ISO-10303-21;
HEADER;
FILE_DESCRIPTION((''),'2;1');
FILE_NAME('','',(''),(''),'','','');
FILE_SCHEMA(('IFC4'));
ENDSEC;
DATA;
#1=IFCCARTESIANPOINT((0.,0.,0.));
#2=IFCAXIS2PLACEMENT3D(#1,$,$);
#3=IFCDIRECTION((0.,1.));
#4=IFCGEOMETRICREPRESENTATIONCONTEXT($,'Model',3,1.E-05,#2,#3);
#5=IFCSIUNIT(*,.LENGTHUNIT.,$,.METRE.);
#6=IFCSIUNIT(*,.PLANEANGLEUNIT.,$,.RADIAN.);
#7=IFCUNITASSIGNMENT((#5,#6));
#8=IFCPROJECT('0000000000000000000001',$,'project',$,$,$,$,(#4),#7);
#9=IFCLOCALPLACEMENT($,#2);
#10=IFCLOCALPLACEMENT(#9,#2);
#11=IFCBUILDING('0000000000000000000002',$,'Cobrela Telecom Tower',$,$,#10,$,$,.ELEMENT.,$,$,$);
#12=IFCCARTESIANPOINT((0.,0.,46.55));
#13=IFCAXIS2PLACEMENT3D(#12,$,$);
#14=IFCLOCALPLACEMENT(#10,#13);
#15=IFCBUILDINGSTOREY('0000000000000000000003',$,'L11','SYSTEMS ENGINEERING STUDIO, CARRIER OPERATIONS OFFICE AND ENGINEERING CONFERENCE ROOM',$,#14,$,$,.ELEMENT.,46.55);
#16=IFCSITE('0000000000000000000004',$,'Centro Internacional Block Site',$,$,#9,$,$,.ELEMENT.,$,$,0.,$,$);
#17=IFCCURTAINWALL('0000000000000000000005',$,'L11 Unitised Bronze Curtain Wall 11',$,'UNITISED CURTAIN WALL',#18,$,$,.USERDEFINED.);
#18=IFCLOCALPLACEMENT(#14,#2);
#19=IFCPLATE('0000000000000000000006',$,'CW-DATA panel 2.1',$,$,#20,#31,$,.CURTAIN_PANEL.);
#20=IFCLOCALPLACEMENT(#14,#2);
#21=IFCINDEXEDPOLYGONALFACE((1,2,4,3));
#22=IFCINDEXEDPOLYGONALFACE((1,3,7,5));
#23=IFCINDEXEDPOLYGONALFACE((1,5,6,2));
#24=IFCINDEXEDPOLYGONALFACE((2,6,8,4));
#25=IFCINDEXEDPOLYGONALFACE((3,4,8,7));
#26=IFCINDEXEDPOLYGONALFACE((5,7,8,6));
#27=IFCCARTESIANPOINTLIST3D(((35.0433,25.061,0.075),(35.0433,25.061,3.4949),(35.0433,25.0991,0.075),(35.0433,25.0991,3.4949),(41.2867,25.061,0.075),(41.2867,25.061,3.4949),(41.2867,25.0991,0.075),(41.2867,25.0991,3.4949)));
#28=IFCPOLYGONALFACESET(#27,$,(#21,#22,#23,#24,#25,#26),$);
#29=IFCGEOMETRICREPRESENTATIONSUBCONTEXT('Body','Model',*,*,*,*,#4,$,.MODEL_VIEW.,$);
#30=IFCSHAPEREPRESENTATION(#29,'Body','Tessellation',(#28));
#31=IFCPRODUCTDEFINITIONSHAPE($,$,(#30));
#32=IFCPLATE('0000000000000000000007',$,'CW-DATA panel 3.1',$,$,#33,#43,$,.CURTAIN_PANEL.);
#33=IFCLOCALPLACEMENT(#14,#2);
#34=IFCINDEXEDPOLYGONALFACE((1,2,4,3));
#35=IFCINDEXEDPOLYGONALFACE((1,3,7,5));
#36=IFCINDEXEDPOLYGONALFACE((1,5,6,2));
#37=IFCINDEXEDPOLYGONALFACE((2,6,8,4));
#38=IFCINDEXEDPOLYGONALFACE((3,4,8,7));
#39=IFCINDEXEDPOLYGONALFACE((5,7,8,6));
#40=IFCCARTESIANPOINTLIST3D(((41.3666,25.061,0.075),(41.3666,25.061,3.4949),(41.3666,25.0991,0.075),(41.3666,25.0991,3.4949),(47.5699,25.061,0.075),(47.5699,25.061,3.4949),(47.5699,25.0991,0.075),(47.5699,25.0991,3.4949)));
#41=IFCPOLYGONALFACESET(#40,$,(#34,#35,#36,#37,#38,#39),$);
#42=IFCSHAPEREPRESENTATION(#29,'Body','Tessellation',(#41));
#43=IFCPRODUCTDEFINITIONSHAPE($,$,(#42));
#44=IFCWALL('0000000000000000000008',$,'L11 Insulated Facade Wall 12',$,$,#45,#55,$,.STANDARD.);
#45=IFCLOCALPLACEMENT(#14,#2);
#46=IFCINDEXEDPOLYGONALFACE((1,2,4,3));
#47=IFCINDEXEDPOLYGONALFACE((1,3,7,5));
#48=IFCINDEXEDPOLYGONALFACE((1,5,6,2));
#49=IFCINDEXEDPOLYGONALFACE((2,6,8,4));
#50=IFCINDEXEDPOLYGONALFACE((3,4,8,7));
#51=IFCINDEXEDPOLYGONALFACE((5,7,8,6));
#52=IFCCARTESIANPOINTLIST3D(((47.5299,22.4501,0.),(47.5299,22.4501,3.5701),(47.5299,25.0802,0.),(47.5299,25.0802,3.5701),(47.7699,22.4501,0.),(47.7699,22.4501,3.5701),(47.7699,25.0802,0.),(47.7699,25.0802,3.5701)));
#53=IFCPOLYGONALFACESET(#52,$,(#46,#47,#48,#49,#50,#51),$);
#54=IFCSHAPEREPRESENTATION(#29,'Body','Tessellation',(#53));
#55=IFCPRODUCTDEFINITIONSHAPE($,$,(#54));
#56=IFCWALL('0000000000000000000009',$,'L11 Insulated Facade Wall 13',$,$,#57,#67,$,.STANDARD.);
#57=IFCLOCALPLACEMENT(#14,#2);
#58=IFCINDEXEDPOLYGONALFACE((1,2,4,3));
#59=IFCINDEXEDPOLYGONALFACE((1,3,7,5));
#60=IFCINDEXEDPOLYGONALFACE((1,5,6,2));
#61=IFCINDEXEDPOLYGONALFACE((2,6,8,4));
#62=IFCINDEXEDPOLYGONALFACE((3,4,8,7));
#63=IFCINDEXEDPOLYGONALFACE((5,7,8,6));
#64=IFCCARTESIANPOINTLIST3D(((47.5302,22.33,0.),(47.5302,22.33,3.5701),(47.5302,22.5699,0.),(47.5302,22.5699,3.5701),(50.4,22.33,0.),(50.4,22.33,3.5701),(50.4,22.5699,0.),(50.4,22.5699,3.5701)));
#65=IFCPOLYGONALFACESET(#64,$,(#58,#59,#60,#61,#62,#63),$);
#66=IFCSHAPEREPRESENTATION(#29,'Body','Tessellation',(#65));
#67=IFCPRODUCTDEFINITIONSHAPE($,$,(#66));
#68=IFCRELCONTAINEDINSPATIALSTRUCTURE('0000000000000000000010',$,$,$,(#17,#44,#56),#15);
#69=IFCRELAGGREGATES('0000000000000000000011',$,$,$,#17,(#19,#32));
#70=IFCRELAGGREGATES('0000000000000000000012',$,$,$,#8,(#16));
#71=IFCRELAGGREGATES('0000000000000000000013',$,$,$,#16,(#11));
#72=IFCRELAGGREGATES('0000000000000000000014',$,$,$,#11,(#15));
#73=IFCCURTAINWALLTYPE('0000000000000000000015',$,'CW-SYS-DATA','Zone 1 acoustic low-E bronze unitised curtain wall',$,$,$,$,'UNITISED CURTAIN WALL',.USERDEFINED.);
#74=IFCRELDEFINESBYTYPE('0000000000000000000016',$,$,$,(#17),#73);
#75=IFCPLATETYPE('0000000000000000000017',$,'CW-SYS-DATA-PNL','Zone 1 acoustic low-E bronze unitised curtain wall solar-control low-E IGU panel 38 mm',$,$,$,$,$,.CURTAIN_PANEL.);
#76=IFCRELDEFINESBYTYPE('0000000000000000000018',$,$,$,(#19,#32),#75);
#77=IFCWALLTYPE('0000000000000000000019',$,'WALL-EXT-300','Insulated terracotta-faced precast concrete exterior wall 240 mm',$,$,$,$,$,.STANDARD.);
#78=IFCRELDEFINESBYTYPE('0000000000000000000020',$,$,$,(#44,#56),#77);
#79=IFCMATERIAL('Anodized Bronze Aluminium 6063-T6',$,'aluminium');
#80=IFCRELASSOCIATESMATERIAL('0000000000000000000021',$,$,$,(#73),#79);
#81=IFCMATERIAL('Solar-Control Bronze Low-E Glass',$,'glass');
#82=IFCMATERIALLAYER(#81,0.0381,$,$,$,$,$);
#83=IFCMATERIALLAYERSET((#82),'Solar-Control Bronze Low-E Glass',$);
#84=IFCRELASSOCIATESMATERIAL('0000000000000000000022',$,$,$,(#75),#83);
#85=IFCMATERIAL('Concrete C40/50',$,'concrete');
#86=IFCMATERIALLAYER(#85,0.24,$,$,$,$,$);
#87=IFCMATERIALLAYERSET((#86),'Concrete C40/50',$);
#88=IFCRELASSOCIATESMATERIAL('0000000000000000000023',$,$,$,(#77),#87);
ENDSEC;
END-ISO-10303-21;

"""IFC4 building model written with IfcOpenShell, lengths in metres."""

from ifc_helpers import new_model, si_unit, direction, frame, frame_2d, origin, origin_2d, place, context, subcontext, project, spatial, rectangle, extrude, material, layer, layer_set, type_object, element, aggregate, save


model = new_model("IFC4")

# Units and contexts
model_context = context("Model", 3, precision=1e-05, world=origin(), true_north=direction((0.0, 1.0)))
body_context = subcontext(model_context, "Body", "Model", "MODEL_VIEW")
ifc_project = project(units=[si_unit("LENGTHUNIT", "METRE"), si_unit("PLANEANGLEUNIT", "RADIAN")], contexts=[model_context])

# Site, building, storey
site_placement = place(None, origin())
site = spatial("IfcSite", under=ifc_project, at=site_placement, Name="Centro Internacional Block Site", CompositionType="ELEMENT", RefElevation=0.0)
building_placement = place(site_placement, origin())
building = spatial("IfcBuilding", under=site, at=building_placement, Name="Cobrela Telecom Tower", CompositionType="ELEMENT")
storey_placement = place(building_placement, frame((0.0, 0.0, 46.55)))
storey = spatial("IfcBuildingStorey", under=building, at=storey_placement, Name="L11", Description="SYSTEMS ENGINEERING STUDIO, CARRIER OPERATIONS OFFICE AND ENGINEERING CONFERENCE ROOM", CompositionType="ELEMENT", Elevation=46.55)

# Shared definitions
ifc_material_1 = material(Name="Anodized Bronze Aluminium 6063-T6", Category="aluminium")
curtain_wall_type = type_object("IfcCurtainWallType", Name="CW-SYS-DATA", Description="Zone 1 acoustic low-E bronze unitised curtain wall", ElementType="UNITISED CURTAIN WALL", PredefinedType="USERDEFINED", material=ifc_material_1)

# Curtain wall
curtain_wall_1_placement = place(storey_placement, origin())
curtain_wall_1 = element("IfcCurtainWall", 1, at=curtain_wall_1_placement, inside=storey, type_object=curtain_wall_type, Name="L11 Unitised Bronze Curtain Wall 11", ObjectType="UNITISED CURTAIN WALL", PredefinedType="USERDEFINED")

# Plates
ifc_material_2 = material(Name="Solar-Control Bronze Low-E Glass", Category="glass")
ifc_layer_1 = layer(ifc_material_2, 0.0381)
ifc_layer_set_1 = layer_set([ifc_layer_1], Name="Solar-Control Bronze Low-E Glass")
plate_type = type_object("IfcPlateType", Name="CW-SYS-DATA-PNL", Description="Zone 1 acoustic low-E bronze unitised curtain wall solar-control low-E IGU panel 38 mm", PredefinedType="CURTAIN_PANEL", material=ifc_layer_set_1)
plate_1_placement = place(storey_placement, frame((38.165, 25.0801, 0.075), z_axis=(0.0, 0.0, 1.0), x_axis=(1.0, 0.0, 0.0)))
plate_1 = element("IfcPlate", 2, at=plate_1_placement, type_object=plate_type, Name="CW-DATA panel 2.1", PredefinedType="CURTAIN_PANEL", context=body_context, shape_type="SweptSolid", body=[
    extrude(rectangle(XDim=6.2434, YDim=0.0381, at=origin_2d()), origin(), (0.0, 0.0, 1.0), 3.4199),
])
plate_2_placement = place(storey_placement, frame((44.4683, 25.0801, 0.075), z_axis=(0.0, 0.0, 1.0), x_axis=(1.0, 0.0, 0.0)))
plate_2 = element("IfcPlate", 3, at=plate_2_placement, type_object=plate_type, Name="CW-DATA panel 3.1", PredefinedType="CURTAIN_PANEL", context=body_context, shape_type="SweptSolid", body=[
    extrude(rectangle(XDim=6.2034, YDim=0.0381, at=origin_2d()), origin(), (0.0, 0.0, 1.0), 3.4199),
])
aggregate(curtain_wall_1, [plate_1, plate_2])

# Walls
ifc_material_3 = material(Name="Concrete C40/50", Category="concrete")
ifc_layer_2 = layer(ifc_material_3, 0.24)
ifc_layer_set_2 = layer_set([ifc_layer_2], Name="Concrete C40/50")
wall_type = type_object("IfcWallType", Name="WALL-EXT-300", Description="Insulated terracotta-faced precast concrete exterior wall 240 mm", PredefinedType="STANDARD", material=ifc_layer_set_2)
wall_1_placement = place(storey_placement, frame((47.6499, 25.0801, 0.0), z_axis=(0.0, 0.0, 1.0), x_axis=(0.0, -1.0, 0.0)))
element("IfcWall", 4, at=wall_1_placement, inside=storey, type_object=wall_type, Name="L11 Insulated Facade Wall 12", PredefinedType="STANDARD", context=body_context, shape_type="SweptSolid", body=[
    extrude(rectangle(XDim=2.6301, YDim=0.24, at=frame_2d((1.3149, 0.0))), origin(), (0.0, 0.0, 1.0), 3.5701),
])
wall_2_placement = place(storey_placement, frame((47.53, 22.45, 0.0), z_axis=(0.0, 0.0, 1.0), x_axis=(1.0, 0.0, 0.0)))
element("IfcWall", 5, at=wall_2_placement, inside=storey, type_object=wall_type, Name="L11 Insulated Facade Wall 13", PredefinedType="STANDARD", context=body_context, shape_type="SweptSolid", body=[
    extrude(rectangle(XDim=2.8699, YDim=0.24, at=frame_2d((1.4351, 0.0))), origin(), (0.0, 0.0, 1.0), 3.5701),
])

save(model, "model.ifc")
